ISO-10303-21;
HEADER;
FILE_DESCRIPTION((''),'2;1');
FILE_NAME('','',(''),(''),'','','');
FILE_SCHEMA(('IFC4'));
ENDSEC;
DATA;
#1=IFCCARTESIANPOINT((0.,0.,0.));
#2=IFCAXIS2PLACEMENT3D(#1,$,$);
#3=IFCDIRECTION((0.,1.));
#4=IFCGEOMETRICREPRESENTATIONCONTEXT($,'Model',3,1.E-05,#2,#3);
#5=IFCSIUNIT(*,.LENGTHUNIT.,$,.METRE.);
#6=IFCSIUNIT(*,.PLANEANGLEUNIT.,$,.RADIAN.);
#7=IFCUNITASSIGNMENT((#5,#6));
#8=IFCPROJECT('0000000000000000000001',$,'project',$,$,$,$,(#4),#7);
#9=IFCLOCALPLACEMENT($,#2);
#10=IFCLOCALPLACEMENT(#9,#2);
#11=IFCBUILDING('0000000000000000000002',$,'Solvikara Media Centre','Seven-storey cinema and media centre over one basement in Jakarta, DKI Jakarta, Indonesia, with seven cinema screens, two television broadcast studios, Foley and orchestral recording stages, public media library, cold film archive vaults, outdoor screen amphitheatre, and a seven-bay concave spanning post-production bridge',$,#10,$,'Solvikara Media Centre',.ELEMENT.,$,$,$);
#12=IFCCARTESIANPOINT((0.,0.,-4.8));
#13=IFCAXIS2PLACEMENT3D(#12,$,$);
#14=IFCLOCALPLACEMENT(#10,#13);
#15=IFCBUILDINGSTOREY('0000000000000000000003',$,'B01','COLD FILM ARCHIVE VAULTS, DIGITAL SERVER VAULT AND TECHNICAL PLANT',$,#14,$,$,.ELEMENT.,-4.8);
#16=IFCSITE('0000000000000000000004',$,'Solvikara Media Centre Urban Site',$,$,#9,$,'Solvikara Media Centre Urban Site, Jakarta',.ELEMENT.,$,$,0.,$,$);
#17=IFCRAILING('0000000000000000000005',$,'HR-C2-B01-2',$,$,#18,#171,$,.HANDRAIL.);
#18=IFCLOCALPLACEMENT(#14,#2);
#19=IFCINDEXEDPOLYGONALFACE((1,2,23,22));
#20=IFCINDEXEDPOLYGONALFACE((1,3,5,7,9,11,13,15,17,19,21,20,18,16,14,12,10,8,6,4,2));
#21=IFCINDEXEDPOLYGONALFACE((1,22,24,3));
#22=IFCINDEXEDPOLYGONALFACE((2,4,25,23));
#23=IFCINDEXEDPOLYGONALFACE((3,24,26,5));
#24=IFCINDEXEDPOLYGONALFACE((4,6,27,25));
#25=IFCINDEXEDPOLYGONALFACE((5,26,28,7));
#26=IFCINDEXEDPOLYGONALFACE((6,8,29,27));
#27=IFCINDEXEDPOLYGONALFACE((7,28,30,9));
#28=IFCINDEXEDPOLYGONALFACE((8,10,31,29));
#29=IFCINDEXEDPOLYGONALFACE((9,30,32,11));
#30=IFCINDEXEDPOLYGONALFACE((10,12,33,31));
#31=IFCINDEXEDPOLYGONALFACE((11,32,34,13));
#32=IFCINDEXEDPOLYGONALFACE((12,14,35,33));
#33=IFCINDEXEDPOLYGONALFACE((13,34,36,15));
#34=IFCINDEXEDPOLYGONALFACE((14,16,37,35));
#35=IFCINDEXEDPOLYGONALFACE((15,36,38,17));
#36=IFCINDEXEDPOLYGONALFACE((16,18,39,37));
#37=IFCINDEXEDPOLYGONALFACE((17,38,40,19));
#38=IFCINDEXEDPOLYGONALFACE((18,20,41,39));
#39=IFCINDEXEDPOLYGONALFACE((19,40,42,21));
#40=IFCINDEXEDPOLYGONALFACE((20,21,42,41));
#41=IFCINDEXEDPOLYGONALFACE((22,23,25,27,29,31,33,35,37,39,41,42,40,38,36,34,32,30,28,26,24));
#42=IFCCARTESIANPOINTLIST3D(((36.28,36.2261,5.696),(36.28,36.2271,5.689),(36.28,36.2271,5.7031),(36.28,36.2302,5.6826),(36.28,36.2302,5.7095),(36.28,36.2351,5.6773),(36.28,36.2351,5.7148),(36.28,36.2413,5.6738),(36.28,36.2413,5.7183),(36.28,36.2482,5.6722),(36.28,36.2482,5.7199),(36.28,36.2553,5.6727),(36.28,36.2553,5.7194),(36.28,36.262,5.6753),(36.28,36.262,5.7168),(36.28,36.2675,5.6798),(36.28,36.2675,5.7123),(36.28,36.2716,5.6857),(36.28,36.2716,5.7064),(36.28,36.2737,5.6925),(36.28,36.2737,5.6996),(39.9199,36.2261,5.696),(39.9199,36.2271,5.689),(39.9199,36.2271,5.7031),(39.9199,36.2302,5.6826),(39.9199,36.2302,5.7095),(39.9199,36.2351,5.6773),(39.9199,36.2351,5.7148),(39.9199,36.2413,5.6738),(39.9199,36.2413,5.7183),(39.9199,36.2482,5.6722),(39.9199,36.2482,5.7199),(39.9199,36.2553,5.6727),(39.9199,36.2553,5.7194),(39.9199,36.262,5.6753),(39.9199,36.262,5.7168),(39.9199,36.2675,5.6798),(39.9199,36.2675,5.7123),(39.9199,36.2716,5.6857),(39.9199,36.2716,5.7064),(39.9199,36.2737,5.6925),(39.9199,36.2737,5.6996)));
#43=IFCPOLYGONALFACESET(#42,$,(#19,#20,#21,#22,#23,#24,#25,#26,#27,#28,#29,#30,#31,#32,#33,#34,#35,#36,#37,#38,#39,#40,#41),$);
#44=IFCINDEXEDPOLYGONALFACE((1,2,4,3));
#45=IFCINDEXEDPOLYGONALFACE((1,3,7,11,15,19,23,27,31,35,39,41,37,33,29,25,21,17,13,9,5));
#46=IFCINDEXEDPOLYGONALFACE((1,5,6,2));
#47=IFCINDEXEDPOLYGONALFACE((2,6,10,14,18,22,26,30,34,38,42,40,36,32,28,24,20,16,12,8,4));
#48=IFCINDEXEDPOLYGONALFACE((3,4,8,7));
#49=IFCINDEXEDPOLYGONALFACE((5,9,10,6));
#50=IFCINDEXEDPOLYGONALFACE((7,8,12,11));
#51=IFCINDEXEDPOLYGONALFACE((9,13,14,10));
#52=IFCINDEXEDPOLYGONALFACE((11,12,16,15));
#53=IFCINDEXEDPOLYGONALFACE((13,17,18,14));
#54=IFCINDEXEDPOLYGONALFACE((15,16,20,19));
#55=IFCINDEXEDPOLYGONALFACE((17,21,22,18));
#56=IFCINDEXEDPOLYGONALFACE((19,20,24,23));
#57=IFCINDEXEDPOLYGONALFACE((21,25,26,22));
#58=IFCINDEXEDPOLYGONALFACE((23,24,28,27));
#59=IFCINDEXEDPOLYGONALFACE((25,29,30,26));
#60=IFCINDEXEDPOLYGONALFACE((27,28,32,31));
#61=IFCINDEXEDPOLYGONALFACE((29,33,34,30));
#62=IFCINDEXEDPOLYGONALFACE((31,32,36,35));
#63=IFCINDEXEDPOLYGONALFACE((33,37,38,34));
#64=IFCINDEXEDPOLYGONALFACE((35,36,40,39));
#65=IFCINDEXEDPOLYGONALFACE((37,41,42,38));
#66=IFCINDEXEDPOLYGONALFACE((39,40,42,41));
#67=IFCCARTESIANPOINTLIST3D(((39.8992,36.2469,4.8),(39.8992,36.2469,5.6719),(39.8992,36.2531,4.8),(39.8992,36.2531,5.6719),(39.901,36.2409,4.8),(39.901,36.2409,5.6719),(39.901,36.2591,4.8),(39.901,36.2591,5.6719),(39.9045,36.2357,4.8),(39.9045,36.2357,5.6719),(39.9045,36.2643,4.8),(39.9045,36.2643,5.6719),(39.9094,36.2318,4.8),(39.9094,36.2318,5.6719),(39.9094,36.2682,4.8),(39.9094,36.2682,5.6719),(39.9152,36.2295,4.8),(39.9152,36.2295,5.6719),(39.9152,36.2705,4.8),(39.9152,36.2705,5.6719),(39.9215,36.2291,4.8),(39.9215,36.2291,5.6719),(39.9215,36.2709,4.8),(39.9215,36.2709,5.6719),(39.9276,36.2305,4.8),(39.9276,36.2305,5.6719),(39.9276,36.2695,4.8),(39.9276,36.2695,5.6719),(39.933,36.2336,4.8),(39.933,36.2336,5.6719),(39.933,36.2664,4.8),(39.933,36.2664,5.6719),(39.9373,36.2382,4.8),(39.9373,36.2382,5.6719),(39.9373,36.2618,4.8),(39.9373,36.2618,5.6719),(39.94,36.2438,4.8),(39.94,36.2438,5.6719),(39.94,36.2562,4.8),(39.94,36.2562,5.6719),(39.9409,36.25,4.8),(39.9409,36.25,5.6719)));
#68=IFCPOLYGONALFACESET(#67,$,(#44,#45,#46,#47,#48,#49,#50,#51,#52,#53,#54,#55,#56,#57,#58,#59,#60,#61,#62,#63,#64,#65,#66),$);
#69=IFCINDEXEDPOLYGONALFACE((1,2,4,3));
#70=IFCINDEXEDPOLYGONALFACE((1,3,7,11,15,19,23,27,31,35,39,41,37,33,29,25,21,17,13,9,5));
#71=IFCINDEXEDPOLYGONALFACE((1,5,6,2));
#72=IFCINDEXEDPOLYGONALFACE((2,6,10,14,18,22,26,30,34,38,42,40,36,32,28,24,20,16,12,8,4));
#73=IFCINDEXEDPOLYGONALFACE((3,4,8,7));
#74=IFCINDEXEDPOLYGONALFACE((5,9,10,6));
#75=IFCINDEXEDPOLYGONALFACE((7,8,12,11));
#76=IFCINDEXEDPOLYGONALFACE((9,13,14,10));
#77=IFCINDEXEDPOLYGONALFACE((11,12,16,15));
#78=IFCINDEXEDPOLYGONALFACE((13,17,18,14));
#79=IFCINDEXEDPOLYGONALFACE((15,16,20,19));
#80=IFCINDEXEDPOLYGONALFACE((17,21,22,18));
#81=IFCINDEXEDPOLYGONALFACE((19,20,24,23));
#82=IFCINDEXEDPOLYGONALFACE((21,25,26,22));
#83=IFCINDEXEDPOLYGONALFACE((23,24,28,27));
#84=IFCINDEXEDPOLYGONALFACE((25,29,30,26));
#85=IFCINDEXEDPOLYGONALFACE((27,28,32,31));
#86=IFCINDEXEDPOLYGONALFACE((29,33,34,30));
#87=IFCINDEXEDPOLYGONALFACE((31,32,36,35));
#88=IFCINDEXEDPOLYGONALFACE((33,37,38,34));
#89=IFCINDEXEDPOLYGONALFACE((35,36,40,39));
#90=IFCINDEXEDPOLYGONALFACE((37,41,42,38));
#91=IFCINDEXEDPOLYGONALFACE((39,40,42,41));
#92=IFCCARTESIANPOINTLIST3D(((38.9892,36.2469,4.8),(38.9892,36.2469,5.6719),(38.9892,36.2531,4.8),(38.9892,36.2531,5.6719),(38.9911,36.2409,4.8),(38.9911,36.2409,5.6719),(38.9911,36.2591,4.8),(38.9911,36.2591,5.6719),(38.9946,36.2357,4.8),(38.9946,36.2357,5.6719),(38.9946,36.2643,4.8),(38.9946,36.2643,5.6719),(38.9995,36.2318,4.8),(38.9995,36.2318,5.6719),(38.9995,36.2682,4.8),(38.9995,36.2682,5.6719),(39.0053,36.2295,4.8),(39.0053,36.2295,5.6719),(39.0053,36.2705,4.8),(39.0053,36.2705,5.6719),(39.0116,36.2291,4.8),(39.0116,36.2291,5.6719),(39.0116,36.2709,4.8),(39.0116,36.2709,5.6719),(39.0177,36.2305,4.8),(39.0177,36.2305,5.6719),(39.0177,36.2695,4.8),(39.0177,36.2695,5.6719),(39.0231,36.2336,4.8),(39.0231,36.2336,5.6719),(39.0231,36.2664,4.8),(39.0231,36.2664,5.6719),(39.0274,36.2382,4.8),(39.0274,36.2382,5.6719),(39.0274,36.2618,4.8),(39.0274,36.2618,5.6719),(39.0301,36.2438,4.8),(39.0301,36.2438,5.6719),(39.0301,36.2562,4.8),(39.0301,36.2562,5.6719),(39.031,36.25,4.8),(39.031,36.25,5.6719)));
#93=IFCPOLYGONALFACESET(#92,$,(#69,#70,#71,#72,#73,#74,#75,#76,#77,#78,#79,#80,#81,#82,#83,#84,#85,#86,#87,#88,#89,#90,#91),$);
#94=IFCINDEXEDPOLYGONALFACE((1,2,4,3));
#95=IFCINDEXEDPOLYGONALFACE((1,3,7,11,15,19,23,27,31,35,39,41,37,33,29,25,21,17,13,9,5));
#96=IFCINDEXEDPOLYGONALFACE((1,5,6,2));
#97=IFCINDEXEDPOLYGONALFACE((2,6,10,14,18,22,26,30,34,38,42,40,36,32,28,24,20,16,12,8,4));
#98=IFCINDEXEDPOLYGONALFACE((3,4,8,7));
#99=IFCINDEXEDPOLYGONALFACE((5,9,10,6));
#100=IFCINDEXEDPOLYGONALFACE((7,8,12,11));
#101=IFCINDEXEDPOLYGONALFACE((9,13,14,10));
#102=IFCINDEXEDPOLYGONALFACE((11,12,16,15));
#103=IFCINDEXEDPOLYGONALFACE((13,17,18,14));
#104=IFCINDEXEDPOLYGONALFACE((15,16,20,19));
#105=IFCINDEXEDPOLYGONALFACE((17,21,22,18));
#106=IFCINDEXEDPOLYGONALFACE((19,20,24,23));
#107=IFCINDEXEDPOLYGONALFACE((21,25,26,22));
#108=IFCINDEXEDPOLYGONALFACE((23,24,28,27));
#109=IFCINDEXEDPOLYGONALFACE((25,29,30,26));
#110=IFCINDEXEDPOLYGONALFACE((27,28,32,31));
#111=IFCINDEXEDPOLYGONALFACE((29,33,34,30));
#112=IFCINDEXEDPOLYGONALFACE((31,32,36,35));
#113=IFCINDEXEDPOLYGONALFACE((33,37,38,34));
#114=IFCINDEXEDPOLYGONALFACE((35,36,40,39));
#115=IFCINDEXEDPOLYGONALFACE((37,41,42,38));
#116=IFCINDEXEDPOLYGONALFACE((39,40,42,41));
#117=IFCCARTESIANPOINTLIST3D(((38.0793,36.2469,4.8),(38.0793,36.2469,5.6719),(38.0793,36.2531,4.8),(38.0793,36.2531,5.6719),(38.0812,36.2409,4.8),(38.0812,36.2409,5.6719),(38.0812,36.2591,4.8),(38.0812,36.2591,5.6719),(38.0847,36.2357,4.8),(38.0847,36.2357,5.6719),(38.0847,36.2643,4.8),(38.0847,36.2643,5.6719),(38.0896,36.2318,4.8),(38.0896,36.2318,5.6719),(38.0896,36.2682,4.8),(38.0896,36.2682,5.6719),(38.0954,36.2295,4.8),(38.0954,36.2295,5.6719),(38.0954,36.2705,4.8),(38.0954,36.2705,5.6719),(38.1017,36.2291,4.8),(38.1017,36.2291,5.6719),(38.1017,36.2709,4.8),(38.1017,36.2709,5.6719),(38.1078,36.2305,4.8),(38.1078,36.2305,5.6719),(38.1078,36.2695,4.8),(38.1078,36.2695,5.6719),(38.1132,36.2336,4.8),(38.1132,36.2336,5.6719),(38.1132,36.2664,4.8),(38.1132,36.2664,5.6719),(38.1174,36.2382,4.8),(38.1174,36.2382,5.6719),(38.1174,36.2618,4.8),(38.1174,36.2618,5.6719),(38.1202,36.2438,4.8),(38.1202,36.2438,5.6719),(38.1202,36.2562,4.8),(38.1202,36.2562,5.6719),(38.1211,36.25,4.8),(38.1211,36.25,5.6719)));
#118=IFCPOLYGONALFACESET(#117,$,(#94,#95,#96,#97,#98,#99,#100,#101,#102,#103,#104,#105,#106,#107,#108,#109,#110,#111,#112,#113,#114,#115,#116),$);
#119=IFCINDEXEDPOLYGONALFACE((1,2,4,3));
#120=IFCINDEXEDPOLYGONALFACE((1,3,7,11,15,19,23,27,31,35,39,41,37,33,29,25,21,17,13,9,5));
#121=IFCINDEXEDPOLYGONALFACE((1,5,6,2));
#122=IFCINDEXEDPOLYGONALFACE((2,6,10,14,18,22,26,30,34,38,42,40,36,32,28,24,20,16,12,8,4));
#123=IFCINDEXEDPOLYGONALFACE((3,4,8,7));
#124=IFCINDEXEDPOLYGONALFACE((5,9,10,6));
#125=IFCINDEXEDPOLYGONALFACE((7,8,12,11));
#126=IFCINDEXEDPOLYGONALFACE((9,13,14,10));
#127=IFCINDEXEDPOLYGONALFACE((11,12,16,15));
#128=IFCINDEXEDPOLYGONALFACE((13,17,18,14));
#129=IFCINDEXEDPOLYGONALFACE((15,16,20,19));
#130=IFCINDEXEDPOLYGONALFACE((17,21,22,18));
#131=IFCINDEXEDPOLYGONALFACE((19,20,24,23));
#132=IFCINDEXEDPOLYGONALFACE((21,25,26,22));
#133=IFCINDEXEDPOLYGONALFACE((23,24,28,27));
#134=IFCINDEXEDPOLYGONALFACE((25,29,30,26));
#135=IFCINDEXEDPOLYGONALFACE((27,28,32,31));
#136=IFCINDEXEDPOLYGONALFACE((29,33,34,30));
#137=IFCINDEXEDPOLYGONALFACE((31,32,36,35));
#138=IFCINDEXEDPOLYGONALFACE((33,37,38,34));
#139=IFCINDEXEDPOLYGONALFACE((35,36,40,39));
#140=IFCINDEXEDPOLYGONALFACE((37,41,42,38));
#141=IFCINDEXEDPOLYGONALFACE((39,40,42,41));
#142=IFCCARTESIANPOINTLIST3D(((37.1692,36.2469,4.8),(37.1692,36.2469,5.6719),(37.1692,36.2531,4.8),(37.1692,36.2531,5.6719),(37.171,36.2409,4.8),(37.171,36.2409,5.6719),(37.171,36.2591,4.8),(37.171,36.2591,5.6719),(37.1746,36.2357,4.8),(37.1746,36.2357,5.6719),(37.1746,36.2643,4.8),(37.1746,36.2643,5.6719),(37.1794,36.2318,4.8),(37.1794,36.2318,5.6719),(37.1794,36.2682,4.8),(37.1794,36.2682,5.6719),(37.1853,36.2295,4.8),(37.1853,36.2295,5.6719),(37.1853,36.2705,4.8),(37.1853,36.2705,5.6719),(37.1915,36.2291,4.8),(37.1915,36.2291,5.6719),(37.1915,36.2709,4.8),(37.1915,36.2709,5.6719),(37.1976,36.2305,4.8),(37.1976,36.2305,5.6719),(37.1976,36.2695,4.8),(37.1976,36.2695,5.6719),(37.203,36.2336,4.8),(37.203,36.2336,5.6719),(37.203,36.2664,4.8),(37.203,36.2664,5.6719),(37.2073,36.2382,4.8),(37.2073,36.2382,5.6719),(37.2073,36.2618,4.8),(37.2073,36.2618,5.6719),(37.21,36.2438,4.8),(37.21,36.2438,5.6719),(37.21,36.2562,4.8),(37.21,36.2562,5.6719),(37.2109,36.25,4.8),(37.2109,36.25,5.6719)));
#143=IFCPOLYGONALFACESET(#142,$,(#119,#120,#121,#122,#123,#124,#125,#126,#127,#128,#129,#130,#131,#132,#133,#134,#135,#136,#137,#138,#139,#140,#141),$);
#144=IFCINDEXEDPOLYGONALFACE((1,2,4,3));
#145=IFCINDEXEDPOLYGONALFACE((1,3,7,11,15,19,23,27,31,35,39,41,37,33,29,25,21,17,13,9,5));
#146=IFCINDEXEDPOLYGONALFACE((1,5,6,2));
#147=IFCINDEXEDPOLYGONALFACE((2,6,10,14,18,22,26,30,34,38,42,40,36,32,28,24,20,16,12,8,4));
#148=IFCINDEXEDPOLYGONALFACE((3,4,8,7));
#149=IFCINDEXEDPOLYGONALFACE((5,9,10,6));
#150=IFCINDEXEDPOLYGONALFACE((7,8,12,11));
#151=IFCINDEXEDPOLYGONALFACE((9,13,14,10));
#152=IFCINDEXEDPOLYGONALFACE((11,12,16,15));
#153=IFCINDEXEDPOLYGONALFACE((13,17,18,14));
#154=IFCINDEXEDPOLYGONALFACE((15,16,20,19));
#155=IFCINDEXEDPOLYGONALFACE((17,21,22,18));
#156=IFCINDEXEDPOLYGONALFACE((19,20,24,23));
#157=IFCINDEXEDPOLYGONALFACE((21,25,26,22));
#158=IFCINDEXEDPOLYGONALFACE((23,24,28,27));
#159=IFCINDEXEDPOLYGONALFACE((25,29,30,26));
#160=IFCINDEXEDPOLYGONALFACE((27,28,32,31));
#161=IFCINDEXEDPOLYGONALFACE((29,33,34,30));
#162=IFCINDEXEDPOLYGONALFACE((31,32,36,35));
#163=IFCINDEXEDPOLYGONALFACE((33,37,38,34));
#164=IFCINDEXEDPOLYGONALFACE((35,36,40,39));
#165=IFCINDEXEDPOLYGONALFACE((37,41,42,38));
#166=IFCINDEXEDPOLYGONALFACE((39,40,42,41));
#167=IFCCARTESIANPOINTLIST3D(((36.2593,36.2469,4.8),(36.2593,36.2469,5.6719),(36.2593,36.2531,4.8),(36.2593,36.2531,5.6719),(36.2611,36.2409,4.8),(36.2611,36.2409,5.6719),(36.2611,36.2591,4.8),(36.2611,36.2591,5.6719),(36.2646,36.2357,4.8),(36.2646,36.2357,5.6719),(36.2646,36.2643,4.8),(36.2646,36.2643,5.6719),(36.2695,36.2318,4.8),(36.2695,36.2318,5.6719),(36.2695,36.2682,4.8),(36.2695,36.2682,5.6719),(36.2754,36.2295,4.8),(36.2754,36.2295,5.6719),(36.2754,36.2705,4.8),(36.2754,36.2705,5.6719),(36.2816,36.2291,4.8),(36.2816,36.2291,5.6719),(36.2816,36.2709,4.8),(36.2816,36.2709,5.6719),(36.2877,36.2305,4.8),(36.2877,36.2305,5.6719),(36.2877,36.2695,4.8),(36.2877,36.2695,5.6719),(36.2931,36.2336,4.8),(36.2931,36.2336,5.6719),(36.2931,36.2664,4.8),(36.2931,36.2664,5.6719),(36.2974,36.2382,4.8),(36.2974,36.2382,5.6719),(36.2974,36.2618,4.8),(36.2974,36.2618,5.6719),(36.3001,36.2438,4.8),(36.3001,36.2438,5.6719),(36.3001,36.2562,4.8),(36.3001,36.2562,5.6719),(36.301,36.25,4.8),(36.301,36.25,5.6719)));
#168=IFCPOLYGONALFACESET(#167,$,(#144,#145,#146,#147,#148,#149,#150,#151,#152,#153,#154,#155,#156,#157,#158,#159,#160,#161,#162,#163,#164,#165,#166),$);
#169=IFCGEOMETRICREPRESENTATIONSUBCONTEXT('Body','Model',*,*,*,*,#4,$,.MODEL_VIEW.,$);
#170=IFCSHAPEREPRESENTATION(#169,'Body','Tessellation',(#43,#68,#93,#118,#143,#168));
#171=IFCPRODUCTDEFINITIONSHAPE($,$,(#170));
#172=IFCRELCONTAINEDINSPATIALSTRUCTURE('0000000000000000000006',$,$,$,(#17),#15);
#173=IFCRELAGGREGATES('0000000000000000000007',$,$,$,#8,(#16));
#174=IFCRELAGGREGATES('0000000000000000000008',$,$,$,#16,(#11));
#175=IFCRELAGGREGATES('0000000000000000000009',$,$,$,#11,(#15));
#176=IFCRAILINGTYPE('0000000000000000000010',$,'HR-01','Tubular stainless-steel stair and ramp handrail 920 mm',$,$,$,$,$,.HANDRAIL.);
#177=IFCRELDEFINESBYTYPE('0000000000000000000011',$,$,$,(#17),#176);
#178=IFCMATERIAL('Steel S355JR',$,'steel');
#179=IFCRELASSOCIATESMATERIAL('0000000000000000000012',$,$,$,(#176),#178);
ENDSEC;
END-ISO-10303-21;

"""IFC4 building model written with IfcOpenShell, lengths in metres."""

from ifc_helpers import new_model, si_unit, direction, frame, origin, origin_2d, place, context, subcontext, project, spatial, circle, extrude, material, type_object, element, save


model = new_model("IFC4")

# Units and contexts
model_context = context("Model", 3, precision=1e-05, world=origin(), true_north=direction((0.0, 1.0)))
body_context = subcontext(model_context, "Body", "Model", "MODEL_VIEW")
ifc_project = project(units=[si_unit("LENGTHUNIT", "METRE"), si_unit("PLANEANGLEUNIT", "RADIAN")], contexts=[model_context])

# Site, building, storey
site_placement = place(None, origin())
site = spatial("IfcSite", under=ifc_project, at=site_placement, Name="Solvikara Media Centre Urban Site", LongName="Solvikara Media Centre Urban Site, Jakarta", CompositionType="ELEMENT", RefElevation=0.0)
building_placement = place(site_placement, origin())
building = spatial("IfcBuilding", under=site, at=building_placement, Name="Solvikara Media Centre", Description="Seven-storey cinema and media centre over one basement in Jakarta, DKI Jakarta, Indonesia, with seven cinema screens, two television broadcast studios, Foley and orchestral recording stages, public media library, cold film archive vaults, outdoor screen amphitheatre, and a seven-bay concave spanning post-production bridge", LongName="Solvikara Media Centre", CompositionType="ELEMENT")
storey_placement = place(building_placement, frame((0.0, 0.0, -4.8)))
storey = spatial("IfcBuildingStorey", under=building, at=storey_placement, Name="B01", Description="COLD FILM ARCHIVE VAULTS, DIGITAL SERVER VAULT AND TECHNICAL PLANT", CompositionType="ELEMENT", Elevation=-4.8)

# Railing
ifc_material_1 = material(Name="Steel S355JR", Category="steel")
railing_type_1 = type_object("IfcRailingType", Name="HR-01", Description="Tubular stainless-steel stair and ramp handrail 920 mm", PredefinedType="HANDRAIL", material=ifc_material_1)
railing_1_placement = place(storey_placement, frame((39.9199, 36.25, 4.8)))
element("IfcRailing", 1, at=railing_1_placement, inside=storey, type_object=railing_type_1, Name="HR-C2-B01-2", PredefinedType="HANDRAIL", context=body_context, shape_type="SweptSolid", body=[
    extrude(circle(Radius=0.0239, at=origin_2d()), frame((0.0, 0.0, 0.896), z_axis=(-1.0, 0.0, 0.0), x_axis=(0.0, -1.0, 0.0)), (0.0, 0.0, 1.0), 3.6399),
    extrude(circle(Radius=0.021, at=origin_2d()), origin(), (0.0, 0.0, 1.0), 0.8718),
    extrude(circle(Radius=0.021, at=origin_2d()), frame((-0.9099, 0.0, 0.0)), (0.0, 0.0, 1.0), 0.8718),
    extrude(circle(Radius=0.021, at=origin_2d()), frame((-1.8198, 0.0, 0.0)), (0.0, 0.0, 1.0), 0.8718),
    extrude(circle(Radius=0.021, at=origin_2d()), frame((-2.73, 0.0, 0.0)), (0.0, 0.0, 1.0), 0.8718),
    extrude(circle(Radius=0.021, at=origin_2d()), frame((-3.6399, 0.0, 0.0)), (0.0, 0.0, 1.0), 0.8718),
])

save(model, "model.ifc")
